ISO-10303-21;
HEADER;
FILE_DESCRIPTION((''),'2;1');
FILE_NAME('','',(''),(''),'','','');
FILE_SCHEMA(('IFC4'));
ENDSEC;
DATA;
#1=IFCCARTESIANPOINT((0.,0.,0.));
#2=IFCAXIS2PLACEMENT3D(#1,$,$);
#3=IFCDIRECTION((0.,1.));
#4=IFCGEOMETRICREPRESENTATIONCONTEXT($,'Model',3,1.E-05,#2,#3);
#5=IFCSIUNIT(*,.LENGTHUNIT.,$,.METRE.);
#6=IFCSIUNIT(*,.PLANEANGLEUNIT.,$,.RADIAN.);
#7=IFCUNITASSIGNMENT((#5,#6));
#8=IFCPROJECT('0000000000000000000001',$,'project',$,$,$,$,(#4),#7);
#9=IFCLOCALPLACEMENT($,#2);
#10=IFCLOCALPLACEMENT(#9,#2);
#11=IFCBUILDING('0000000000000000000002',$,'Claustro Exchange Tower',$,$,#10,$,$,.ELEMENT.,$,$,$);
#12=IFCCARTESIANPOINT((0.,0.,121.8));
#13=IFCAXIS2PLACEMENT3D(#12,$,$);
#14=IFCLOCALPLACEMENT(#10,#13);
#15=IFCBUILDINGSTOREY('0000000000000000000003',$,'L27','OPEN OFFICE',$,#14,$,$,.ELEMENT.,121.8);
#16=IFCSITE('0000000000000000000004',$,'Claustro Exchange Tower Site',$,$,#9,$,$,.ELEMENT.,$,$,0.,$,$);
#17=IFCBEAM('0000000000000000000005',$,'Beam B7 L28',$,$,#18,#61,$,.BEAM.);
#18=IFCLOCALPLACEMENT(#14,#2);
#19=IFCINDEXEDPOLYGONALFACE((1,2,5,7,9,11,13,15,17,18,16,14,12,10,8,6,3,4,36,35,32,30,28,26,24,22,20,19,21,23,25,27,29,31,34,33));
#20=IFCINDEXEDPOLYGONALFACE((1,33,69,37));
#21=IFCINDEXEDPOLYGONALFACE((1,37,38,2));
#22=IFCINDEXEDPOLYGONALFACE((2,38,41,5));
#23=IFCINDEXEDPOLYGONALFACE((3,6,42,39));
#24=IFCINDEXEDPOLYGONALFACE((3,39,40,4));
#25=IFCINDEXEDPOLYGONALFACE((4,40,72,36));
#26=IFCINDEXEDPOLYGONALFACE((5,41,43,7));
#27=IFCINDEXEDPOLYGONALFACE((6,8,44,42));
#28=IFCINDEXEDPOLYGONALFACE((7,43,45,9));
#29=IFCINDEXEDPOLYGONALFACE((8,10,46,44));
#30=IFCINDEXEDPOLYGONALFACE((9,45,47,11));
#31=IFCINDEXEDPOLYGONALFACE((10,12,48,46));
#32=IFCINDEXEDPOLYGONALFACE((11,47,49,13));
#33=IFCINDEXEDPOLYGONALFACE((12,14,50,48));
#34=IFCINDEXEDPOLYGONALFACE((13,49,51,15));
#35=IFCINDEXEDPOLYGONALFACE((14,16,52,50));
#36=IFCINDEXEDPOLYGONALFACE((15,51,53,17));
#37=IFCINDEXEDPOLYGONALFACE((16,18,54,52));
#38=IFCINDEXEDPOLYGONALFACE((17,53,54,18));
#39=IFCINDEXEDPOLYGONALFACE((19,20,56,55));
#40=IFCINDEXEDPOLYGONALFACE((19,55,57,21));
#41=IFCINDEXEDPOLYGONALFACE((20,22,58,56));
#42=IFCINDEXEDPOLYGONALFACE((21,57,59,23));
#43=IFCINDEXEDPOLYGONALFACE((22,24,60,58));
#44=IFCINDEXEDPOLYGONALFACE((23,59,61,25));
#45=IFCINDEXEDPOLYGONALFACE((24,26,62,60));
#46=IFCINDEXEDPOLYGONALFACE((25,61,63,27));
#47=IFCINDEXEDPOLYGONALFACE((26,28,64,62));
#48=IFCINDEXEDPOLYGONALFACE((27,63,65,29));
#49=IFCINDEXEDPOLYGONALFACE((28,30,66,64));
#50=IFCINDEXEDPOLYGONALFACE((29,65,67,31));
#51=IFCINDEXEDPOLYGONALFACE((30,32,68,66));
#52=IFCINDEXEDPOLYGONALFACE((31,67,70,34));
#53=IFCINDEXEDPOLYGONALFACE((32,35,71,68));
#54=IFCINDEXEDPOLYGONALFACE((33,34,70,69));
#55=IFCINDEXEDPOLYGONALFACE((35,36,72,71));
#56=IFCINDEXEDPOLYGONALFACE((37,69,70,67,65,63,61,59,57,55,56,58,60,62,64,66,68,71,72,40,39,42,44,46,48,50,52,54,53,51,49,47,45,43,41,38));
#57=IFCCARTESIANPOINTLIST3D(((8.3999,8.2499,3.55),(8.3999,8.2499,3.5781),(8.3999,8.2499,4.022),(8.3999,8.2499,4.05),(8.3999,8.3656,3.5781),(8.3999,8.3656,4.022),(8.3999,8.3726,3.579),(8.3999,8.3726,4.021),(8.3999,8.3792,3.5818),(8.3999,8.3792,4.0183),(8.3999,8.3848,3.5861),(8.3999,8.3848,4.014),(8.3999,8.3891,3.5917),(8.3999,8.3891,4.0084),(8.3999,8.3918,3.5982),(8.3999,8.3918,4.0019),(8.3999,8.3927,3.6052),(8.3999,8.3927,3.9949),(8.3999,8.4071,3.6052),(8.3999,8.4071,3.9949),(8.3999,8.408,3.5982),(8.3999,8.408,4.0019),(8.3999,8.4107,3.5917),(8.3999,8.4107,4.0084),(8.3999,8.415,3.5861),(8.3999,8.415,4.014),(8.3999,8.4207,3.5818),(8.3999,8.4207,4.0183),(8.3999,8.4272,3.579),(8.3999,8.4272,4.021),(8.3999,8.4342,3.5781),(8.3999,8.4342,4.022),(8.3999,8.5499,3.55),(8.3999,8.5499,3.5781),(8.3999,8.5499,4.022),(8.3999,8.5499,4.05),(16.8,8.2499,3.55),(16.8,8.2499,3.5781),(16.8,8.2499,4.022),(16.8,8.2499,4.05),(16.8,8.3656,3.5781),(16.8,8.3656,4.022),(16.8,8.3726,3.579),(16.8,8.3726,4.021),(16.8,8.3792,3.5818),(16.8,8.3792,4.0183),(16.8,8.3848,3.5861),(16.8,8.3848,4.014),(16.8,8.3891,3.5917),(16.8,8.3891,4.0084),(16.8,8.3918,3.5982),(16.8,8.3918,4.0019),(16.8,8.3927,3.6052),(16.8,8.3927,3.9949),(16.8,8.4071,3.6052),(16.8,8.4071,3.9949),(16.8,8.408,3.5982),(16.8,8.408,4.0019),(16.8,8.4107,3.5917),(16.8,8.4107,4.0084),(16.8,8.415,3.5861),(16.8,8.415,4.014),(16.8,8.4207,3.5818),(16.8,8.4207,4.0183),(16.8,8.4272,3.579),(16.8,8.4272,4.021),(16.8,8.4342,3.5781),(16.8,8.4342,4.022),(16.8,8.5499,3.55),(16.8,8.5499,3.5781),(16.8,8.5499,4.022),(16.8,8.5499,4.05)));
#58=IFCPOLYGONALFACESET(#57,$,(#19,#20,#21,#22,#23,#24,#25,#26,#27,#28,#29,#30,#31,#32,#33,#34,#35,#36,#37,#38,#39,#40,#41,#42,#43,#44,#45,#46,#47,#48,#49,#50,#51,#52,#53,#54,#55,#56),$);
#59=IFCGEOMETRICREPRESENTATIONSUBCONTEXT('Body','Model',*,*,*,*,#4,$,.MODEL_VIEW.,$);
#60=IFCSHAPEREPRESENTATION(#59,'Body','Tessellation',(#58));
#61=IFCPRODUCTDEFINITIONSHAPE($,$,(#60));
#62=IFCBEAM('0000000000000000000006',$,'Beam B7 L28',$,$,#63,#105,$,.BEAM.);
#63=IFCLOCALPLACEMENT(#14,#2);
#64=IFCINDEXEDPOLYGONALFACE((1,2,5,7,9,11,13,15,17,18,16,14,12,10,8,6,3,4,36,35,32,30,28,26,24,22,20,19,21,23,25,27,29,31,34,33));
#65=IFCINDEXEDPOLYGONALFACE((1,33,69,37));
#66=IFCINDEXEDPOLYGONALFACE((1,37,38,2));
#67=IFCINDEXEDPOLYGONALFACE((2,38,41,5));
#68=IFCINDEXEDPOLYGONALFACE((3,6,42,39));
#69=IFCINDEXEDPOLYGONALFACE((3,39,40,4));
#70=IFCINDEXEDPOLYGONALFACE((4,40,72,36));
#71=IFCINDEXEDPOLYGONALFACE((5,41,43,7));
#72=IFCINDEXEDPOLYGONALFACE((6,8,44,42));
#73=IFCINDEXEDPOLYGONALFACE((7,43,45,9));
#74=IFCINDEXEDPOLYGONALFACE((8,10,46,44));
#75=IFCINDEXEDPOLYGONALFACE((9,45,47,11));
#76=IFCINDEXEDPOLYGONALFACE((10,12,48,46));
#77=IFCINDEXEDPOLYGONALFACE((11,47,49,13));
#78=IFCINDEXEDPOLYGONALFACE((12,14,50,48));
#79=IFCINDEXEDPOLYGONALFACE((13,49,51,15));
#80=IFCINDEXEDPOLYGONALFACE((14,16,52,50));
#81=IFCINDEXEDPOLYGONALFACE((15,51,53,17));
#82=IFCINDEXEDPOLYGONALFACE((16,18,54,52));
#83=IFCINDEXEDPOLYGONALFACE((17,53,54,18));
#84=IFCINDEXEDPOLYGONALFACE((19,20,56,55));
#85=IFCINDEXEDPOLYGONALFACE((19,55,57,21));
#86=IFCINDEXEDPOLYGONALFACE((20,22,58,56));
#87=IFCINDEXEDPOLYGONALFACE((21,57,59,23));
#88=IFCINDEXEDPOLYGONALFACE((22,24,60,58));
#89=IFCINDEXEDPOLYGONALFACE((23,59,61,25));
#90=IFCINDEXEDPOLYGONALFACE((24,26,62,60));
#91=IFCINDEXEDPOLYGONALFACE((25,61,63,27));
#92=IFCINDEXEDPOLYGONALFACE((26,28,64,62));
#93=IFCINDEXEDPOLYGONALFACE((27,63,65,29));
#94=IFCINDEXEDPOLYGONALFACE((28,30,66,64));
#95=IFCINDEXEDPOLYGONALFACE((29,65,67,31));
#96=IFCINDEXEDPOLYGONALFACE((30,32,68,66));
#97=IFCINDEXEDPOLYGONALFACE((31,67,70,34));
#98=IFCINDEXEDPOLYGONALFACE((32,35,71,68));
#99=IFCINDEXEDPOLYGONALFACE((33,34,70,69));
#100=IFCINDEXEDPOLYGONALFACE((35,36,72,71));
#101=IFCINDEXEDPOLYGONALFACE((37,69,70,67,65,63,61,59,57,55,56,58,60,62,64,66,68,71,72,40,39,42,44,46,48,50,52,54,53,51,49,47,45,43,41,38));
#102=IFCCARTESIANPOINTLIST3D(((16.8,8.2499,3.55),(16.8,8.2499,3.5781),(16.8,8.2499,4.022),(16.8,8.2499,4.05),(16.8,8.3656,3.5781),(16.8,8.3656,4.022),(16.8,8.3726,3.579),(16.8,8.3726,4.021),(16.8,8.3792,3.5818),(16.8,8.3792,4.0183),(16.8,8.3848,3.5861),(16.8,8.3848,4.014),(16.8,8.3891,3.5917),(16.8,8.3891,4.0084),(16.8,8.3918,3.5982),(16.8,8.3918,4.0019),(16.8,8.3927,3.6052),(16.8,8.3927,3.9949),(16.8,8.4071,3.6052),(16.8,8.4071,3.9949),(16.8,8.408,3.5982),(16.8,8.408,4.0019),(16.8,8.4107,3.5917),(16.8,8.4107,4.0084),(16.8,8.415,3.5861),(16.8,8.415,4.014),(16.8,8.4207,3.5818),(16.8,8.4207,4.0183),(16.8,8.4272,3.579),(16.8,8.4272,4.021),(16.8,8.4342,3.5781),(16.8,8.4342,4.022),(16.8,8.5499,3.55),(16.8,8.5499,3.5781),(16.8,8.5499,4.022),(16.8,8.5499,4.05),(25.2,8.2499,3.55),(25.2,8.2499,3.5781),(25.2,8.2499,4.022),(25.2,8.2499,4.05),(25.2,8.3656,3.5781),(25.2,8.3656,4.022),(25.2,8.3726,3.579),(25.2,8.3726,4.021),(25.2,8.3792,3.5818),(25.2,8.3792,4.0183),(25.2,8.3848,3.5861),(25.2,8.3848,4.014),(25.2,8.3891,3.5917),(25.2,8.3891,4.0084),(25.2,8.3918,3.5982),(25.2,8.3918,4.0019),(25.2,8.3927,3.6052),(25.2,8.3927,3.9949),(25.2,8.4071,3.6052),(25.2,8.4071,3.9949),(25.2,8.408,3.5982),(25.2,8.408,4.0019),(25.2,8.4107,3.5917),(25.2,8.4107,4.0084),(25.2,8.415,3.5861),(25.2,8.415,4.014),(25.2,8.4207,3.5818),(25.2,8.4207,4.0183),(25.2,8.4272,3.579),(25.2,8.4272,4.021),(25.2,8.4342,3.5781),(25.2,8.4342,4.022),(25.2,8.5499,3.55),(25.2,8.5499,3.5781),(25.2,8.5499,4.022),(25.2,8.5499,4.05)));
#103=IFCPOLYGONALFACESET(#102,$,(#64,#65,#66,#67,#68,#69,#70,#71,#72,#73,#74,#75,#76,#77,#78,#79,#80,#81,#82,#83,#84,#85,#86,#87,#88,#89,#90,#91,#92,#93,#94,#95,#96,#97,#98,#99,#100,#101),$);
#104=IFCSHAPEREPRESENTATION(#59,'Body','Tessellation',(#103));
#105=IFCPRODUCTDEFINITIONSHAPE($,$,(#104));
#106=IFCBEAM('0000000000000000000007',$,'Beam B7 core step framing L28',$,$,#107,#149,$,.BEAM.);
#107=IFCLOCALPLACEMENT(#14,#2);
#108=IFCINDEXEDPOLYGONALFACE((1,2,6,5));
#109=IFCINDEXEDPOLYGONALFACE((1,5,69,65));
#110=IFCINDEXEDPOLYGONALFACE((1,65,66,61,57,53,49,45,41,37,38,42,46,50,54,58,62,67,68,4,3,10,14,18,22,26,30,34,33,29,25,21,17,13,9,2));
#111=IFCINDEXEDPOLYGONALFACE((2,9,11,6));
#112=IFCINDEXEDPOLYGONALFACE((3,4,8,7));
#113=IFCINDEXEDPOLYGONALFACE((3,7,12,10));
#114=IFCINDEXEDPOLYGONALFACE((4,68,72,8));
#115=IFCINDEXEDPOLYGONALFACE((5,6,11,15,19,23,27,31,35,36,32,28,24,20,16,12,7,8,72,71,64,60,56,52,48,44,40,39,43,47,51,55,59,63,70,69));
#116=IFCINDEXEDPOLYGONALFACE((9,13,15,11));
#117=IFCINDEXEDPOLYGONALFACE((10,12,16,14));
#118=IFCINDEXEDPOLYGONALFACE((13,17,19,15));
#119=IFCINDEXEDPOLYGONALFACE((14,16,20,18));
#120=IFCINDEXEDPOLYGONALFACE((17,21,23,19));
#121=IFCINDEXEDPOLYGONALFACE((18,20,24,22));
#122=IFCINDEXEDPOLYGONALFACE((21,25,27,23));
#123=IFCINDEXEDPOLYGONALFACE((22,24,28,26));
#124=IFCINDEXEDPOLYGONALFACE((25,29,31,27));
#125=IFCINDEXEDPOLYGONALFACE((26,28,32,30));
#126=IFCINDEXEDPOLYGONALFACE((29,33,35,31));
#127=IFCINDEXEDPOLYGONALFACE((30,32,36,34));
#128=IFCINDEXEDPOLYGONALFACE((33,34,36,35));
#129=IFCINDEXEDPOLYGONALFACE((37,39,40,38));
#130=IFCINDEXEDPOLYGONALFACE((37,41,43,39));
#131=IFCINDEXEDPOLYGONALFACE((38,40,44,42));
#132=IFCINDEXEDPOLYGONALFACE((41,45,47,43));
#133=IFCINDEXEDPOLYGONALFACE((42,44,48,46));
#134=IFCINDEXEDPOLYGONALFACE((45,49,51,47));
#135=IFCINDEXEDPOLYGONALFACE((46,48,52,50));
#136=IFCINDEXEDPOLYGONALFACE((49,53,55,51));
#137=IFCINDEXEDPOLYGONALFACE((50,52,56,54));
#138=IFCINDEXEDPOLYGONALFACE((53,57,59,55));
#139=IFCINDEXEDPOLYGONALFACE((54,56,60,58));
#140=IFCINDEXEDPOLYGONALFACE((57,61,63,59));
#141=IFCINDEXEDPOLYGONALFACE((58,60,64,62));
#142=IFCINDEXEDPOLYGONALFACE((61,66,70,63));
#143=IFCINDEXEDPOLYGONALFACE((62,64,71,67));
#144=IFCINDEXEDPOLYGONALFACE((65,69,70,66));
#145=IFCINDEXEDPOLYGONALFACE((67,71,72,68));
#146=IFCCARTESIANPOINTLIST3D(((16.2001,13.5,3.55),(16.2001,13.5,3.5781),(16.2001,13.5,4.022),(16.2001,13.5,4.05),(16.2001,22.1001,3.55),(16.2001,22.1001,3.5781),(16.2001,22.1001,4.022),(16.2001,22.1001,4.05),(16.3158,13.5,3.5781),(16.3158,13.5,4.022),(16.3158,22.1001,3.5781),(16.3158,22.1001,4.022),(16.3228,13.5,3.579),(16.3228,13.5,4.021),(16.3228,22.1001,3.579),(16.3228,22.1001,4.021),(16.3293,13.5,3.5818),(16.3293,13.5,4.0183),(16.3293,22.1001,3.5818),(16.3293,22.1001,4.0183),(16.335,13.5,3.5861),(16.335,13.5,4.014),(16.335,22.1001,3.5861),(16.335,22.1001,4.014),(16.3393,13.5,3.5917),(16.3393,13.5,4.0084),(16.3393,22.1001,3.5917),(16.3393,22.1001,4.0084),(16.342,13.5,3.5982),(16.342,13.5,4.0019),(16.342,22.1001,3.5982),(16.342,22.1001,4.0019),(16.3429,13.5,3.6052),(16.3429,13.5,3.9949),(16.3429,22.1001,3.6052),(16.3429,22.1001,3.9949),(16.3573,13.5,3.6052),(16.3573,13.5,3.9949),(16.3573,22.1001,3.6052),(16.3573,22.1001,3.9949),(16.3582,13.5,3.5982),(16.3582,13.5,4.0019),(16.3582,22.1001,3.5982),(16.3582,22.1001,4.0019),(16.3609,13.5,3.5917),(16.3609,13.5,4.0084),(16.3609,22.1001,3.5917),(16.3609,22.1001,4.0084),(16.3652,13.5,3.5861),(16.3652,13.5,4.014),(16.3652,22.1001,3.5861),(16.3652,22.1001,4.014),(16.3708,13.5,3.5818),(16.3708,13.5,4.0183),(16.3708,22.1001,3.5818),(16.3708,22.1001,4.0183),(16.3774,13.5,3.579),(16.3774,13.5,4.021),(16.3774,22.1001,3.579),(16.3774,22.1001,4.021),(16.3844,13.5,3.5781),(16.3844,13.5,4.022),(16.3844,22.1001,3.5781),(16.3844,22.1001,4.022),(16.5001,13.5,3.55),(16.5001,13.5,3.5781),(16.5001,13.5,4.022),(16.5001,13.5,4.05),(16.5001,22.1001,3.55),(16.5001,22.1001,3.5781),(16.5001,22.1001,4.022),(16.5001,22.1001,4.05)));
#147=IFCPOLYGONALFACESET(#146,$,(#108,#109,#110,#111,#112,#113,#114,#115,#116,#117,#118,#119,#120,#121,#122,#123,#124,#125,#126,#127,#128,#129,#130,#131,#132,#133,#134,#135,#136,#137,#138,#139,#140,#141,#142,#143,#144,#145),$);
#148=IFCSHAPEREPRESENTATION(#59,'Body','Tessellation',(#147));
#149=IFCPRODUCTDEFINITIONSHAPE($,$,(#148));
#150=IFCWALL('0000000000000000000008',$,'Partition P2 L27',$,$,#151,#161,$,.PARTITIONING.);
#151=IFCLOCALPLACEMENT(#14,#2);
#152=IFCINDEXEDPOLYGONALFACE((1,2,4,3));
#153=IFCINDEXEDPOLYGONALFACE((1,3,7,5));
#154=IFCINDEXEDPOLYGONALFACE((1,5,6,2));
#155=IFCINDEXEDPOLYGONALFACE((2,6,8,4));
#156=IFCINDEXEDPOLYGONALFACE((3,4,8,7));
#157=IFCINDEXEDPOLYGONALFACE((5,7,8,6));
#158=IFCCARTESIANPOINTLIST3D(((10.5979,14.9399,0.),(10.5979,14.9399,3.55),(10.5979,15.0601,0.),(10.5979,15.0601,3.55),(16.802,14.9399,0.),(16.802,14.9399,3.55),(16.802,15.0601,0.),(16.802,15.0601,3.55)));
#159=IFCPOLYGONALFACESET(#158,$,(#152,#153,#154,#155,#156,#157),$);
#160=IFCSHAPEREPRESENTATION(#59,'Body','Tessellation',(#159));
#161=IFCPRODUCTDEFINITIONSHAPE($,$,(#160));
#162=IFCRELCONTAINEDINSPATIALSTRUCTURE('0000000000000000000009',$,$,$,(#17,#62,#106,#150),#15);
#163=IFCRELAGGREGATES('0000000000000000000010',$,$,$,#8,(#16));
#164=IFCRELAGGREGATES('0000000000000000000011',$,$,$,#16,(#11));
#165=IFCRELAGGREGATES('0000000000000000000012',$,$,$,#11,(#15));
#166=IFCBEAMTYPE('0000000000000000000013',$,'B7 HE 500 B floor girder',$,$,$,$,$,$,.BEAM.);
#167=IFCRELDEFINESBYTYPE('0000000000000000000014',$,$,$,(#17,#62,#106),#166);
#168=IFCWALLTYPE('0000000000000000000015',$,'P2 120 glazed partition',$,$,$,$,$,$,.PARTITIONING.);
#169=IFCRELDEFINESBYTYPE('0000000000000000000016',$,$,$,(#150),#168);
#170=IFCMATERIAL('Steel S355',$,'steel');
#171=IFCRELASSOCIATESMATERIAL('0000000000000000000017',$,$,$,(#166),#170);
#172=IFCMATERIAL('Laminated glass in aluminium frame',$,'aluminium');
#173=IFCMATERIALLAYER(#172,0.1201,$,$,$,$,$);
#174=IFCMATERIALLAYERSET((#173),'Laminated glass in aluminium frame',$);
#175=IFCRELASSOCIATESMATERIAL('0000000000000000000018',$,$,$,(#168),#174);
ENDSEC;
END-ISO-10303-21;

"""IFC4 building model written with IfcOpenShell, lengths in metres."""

from ifc_helpers import new_model, si_unit, direction, frame, frame_2d, origin, origin_2d, place, context, subcontext, project, spatial, rectangle, i_section, extrude, material, layer, layer_set, material_profile, profile_set, type_object, element, save


model = new_model("IFC4")

# Units and contexts
model_context = context("Model", 3, precision=1e-05, world=origin(), true_north=direction((0.0, 1.0)))
body_context = subcontext(model_context, "Body", "Model", "MODEL_VIEW")
ifc_project = project(units=[si_unit("LENGTHUNIT", "METRE"), si_unit("PLANEANGLEUNIT", "RADIAN")], contexts=[model_context])

# Site, building, storey
site_placement = place(None, origin())
site = spatial("IfcSite", under=ifc_project, at=site_placement, Name="Claustro Exchange Tower Site", CompositionType="ELEMENT", RefElevation=0.0)
building_placement = place(site_placement, origin())
building = spatial("IfcBuilding", under=site, at=building_placement, Name="Claustro Exchange Tower", CompositionType="ELEMENT")
storey_placement = place(building_placement, frame((0.0, 0.0, 121.8)))
storey = spatial("IfcBuildingStorey", under=building, at=storey_placement, Name="L27", Description="OPEN OFFICE", CompositionType="ELEMENT", Elevation=121.8)

# Beams
ifc_material_1 = material(Name="Steel S355", Category="steel")
ifc_material_profile_1 = material_profile(ifc_material_1, i_section(OverallWidth=0.3, OverallDepth=0.5, WebThickness=0.0144, FlangeThickness=0.0281, FilletRadius=0.0271, at=origin_2d()), Name="HE 500 B")
ifc_profile_set_1 = profile_set([ifc_material_profile_1], Name="Steel S355")
beam_type_1 = type_object("IfcBeamType", Name="B7 HE 500 B floor girder", PredefinedType="BEAM", material=ifc_profile_set_1)
beam_1_placement = place(storey_placement, frame((8.3999, 8.3999, 3.8), z_axis=(1.0, 0.0, 0.0), x_axis=(0.0, 1.0, 0.0)))
element("IfcBeam", 1, at=beam_1_placement, inside=storey, type_object=beam_type_1, Name="Beam B7 L28", PredefinedType="BEAM", context=body_context, shape_type="SweptSolid", body=[
    extrude(i_section(OverallWidth=0.3, OverallDepth=0.5, WebThickness=0.0144, FlangeThickness=0.0281, FilletRadius=0.0271, at=origin_2d()), origin(), (0.0, 0.0, 1.0), 8.4001),
])
beam_2_placement = place(storey_placement, frame((16.8, 8.3999, 3.8), z_axis=(1.0, 0.0, 0.0), x_axis=(0.0, 1.0, 0.0)))
element("IfcBeam", 2, at=beam_2_placement, inside=storey, type_object=beam_type_1, Name="Beam B7 L28", PredefinedType="BEAM", context=body_context, shape_type="SweptSolid", body=[
    extrude(i_section(OverallWidth=0.3, OverallDepth=0.5, WebThickness=0.0144, FlangeThickness=0.0281, FilletRadius=0.0271, at=origin_2d()), origin(), (0.0, 0.0, 1.0), 8.3999),
])
beam_3_placement = place(storey_placement, frame((16.3501, 13.5, 3.8), z_axis=(0.0, 1.0, 0.0), x_axis=(-1.0, 0.0, 0.0)))
element("IfcBeam", 3, at=beam_3_placement, inside=storey, type_object=beam_type_1, Name="Beam B7 core step framing L28", PredefinedType="BEAM", context=body_context, shape_type="SweptSolid", body=[
    extrude(i_section(OverallWidth=0.3, OverallDepth=0.5, WebThickness=0.0144, FlangeThickness=0.0281, FilletRadius=0.0271, at=origin_2d()), origin(), (0.0, 0.0, 1.0), 8.6001),
])

# Wall
ifc_material_2 = material(Name="Laminated glass in aluminium frame", Category="aluminium")
ifc_layer_1 = layer(ifc_material_2, 0.1201)
ifc_layer_set_1 = layer_set([ifc_layer_1], Name="Laminated glass in aluminium frame")
wall_type_1 = type_object("IfcWallType", Name="P2 120 glazed partition", PredefinedType="PARTITIONING", material=ifc_layer_set_1)
wall_1_placement = place(storey_placement, frame((10.5979, 15.0, 0.0), z_axis=(0.0, 0.0, 1.0), x_axis=(1.0, 0.0, 0.0)))
element("IfcWall", 4, at=wall_1_placement, inside=storey, type_object=wall_type_1, Name="Partition P2 L27", PredefinedType="PARTITIONING", context=body_context, shape_type="SweptSolid", body=[
    extrude(rectangle(XDim=6.2041, YDim=0.1201, at=frame_2d((3.1021, 0.0))), origin(), (0.0, 0.0, 1.0), 3.55),
])

save(model, "model.ifc")
